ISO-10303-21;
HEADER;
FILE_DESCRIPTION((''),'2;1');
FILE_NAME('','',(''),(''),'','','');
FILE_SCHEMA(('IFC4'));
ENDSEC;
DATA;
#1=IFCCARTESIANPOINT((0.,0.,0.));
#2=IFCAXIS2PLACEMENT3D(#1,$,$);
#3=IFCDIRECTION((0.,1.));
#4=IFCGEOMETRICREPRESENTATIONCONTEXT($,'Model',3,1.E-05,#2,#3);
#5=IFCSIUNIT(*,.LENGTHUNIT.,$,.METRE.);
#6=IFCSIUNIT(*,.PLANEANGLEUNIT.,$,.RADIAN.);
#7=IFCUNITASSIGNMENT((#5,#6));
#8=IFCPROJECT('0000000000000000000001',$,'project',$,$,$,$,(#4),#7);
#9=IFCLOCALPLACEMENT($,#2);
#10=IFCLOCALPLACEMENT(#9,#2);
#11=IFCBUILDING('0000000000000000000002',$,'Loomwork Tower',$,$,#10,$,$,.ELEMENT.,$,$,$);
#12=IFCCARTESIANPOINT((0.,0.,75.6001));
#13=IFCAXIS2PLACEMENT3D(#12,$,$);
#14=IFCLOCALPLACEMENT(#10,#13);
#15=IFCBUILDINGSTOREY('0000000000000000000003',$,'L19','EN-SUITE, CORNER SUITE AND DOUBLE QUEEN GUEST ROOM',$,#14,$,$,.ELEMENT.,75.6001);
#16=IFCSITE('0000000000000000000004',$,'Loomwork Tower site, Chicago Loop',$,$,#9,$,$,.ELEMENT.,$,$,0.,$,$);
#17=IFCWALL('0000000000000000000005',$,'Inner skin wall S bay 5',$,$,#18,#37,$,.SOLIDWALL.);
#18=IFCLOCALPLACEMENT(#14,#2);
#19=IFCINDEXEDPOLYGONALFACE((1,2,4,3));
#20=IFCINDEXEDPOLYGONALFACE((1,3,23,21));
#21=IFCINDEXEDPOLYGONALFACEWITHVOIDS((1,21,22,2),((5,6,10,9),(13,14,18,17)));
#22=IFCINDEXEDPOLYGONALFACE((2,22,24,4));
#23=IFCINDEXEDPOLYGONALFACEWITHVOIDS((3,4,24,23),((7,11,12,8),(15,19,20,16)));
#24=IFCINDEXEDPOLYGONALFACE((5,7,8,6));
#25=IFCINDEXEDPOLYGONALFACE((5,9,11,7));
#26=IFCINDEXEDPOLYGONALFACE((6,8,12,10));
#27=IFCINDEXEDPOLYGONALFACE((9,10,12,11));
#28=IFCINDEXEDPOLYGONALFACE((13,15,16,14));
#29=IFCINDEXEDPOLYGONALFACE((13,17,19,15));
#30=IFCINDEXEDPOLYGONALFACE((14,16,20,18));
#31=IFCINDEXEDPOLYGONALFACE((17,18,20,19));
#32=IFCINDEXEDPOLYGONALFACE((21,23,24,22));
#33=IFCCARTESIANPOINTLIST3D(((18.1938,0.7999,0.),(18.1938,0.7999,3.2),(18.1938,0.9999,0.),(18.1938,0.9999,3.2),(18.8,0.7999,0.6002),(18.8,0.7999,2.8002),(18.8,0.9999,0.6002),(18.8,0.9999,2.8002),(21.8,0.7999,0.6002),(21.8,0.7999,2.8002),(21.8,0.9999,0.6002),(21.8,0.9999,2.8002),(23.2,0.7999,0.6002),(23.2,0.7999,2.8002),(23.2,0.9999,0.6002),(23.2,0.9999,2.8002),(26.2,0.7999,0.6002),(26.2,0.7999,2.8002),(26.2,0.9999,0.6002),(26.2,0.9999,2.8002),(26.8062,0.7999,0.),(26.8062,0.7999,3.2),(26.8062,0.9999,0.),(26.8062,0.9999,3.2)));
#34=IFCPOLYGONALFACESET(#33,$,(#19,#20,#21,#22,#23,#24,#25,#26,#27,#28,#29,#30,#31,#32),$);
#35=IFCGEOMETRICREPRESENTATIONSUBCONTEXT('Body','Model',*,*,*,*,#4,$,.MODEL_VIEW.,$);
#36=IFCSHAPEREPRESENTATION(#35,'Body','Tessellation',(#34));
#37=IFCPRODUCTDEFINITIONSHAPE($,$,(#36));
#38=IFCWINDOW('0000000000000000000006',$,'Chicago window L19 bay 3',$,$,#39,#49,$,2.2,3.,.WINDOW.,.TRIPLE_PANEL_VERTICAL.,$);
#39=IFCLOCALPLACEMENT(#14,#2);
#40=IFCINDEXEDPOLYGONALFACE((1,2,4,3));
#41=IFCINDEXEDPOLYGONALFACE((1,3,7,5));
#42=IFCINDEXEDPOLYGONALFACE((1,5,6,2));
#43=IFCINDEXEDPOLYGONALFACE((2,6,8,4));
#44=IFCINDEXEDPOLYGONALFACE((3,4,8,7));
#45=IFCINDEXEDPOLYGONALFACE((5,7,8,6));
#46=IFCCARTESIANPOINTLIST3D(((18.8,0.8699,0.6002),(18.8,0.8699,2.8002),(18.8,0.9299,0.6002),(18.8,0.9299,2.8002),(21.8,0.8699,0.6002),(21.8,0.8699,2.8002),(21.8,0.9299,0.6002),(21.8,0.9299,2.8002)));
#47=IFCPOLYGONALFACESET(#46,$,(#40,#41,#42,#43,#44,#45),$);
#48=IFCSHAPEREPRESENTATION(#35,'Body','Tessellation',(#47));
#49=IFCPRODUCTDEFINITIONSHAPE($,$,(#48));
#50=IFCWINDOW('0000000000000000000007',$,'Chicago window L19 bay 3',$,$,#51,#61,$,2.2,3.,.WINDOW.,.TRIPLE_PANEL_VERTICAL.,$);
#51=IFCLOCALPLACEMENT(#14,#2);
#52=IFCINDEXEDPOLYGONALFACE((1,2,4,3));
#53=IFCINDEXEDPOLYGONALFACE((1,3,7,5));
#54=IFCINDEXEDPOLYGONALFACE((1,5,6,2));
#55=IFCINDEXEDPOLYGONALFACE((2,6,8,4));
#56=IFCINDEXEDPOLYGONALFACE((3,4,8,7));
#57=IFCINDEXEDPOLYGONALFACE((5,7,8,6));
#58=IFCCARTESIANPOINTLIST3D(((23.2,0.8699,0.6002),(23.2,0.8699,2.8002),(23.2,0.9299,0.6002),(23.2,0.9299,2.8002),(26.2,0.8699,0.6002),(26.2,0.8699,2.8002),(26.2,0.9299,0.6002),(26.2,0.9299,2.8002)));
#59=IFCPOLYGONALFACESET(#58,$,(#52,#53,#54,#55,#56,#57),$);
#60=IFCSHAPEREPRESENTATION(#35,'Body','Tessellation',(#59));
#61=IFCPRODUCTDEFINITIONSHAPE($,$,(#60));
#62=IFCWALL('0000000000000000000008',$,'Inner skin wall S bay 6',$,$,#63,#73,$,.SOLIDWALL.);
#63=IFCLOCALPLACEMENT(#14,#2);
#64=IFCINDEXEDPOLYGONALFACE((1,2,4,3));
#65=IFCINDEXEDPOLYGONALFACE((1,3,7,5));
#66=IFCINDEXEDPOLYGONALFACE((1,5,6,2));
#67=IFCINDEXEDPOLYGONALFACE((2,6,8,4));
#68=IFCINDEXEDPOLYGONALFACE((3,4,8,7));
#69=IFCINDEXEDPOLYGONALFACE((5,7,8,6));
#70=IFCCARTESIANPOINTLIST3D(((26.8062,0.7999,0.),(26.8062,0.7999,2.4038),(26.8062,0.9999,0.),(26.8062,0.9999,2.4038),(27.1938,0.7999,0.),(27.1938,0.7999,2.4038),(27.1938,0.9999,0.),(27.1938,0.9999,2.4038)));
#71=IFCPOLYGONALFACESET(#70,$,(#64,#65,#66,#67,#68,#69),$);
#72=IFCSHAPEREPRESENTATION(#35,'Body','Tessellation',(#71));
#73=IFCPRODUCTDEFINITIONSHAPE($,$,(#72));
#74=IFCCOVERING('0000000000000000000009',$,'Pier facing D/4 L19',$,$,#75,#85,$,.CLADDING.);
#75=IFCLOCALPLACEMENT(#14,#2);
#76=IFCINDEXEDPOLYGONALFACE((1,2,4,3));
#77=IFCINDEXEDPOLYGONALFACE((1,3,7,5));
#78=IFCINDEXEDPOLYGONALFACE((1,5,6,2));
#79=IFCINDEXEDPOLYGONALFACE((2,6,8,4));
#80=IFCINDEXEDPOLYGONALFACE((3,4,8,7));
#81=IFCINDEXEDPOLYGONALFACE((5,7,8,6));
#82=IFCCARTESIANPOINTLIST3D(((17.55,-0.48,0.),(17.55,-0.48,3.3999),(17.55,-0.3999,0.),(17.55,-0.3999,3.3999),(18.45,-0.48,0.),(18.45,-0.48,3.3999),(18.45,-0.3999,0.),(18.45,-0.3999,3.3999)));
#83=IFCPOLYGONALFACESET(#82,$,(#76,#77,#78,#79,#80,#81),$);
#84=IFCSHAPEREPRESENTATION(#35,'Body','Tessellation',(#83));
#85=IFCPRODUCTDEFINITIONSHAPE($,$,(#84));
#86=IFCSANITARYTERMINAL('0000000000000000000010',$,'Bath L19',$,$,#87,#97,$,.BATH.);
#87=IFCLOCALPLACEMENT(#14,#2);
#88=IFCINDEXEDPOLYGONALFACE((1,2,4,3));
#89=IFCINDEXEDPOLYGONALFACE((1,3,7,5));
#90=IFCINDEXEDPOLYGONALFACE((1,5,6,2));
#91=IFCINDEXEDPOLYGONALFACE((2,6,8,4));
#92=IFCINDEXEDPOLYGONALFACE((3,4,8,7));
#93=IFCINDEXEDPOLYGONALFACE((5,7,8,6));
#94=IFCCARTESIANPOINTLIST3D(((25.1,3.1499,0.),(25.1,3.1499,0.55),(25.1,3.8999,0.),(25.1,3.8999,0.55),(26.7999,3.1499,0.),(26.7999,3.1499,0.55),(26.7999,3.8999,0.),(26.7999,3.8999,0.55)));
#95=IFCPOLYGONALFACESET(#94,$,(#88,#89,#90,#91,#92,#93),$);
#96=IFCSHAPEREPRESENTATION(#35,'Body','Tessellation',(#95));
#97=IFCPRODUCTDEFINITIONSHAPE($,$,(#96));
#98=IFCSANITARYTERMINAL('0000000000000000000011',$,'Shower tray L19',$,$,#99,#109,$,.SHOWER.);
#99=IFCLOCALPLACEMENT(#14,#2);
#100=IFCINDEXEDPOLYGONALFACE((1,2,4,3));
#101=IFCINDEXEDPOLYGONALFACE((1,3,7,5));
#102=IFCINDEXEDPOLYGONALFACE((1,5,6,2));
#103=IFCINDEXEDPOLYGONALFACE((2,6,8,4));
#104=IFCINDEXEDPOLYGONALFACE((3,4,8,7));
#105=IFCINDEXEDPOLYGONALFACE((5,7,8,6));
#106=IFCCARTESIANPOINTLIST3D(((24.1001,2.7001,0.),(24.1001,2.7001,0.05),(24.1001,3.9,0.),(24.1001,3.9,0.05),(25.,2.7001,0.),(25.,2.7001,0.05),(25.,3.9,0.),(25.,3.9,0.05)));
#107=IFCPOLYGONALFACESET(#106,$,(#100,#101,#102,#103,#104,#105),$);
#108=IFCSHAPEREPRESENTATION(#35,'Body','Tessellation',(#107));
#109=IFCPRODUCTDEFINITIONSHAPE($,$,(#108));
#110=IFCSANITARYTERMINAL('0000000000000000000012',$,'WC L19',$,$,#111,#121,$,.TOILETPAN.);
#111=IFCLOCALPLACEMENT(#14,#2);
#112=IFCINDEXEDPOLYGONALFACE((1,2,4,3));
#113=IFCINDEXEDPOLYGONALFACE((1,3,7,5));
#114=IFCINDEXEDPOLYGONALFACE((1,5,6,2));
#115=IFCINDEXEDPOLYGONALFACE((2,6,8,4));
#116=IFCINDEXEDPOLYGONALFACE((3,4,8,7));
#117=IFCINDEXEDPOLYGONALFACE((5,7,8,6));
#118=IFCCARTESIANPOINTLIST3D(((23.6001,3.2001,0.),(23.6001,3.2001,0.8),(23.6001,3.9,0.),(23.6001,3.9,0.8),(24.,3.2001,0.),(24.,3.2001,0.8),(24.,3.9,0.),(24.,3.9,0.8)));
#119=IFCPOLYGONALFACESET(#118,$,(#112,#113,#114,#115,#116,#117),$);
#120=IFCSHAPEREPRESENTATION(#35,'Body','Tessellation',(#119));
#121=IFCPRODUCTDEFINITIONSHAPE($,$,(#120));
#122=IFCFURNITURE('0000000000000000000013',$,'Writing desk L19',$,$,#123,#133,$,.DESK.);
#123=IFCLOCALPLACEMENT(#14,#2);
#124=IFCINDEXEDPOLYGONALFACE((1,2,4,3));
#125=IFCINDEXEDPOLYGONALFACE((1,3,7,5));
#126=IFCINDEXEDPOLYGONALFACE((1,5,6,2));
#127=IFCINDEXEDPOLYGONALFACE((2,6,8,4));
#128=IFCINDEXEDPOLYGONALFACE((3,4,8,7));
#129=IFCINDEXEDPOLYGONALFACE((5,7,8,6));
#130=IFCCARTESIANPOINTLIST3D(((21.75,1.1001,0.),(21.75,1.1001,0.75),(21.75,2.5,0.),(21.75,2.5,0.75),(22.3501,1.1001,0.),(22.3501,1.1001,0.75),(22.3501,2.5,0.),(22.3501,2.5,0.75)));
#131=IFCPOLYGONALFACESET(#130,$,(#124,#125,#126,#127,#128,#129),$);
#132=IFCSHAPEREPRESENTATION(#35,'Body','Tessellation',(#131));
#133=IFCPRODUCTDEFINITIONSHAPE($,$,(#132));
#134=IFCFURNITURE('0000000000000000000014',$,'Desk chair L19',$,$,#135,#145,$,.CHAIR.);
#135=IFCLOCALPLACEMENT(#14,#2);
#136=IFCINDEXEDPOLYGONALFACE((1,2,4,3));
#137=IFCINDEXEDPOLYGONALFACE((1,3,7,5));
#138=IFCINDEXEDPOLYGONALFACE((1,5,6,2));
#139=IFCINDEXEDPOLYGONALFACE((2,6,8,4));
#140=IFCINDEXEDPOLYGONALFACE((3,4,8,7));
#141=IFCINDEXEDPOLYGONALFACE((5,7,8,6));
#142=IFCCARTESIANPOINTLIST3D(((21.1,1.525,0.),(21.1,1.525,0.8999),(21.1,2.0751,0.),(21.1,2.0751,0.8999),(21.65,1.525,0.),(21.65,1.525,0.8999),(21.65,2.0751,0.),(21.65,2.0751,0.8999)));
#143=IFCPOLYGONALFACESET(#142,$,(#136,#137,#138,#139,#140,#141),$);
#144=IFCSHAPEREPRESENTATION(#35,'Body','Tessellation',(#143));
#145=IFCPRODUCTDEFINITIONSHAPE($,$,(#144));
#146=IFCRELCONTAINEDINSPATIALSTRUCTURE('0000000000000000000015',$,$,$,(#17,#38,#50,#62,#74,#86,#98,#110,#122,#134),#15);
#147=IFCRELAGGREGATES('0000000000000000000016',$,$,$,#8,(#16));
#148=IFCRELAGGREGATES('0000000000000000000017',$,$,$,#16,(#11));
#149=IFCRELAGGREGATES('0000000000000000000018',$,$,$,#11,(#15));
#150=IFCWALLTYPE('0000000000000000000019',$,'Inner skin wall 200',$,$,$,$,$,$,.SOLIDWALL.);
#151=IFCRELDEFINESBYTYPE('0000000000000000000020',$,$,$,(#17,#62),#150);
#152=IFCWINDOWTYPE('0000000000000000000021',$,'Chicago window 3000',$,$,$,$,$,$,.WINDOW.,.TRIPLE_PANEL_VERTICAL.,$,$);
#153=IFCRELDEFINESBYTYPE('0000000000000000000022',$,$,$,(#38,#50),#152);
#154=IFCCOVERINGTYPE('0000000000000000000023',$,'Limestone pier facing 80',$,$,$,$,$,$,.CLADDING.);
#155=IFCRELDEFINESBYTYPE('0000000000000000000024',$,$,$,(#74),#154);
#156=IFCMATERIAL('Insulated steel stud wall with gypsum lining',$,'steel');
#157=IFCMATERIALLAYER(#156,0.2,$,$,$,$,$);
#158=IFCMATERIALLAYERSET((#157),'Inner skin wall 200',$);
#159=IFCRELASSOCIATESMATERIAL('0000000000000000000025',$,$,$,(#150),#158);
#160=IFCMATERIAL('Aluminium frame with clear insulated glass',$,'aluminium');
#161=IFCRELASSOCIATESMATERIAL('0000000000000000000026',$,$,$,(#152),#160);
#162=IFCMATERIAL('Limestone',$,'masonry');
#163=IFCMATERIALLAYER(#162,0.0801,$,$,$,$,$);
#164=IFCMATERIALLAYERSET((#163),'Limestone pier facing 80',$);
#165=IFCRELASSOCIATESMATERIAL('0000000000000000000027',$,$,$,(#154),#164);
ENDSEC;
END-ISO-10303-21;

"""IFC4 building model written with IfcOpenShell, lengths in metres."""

from ifc_helpers import new_model, si_unit, direction, frame, frame_2d, origin, origin_2d, place, context, subcontext, project, spatial, rectangle, extrude, material, layer, layer_set, type_object, element, fill, save


model = new_model("IFC4")

# Units and contexts
model_context = context("Model", 3, precision=1e-05, world=origin(), true_north=direction((0.0, 1.0)))
body_context = subcontext(model_context, "Body", "Model", "MODEL_VIEW")
ifc_project = project(units=[si_unit("LENGTHUNIT", "METRE"), si_unit("PLANEANGLEUNIT", "RADIAN")], contexts=[model_context])

# Site, building, storey
site_placement = place(None, origin())
site = spatial("IfcSite", under=ifc_project, at=site_placement, Name="Loomwork Tower site, Chicago Loop", CompositionType="ELEMENT", RefElevation=0.0)
building_placement = place(site_placement, origin())
building = spatial("IfcBuilding", under=site, at=building_placement, Name="Loomwork Tower", CompositionType="ELEMENT")
storey_placement = place(building_placement, frame((0.0, 0.0, 75.6001)))
storey = spatial("IfcBuildingStorey", under=building, at=storey_placement, Name="L19", Description="EN-SUITE, CORNER SUITE AND DOUBLE QUEEN GUEST ROOM", CompositionType="ELEMENT", Elevation=75.6001)

# Shared definitions
ifc_material_1 = material(Name="Insulated steel stud wall with gypsum lining", Category="steel")
ifc_layer_1 = layer(ifc_material_1, 0.2)
ifc_layer_set_1 = layer_set([ifc_layer_1], Name="Inner skin wall 200")
wall_type = type_object("IfcWallType", Name="Inner skin wall 200", PredefinedType="SOLIDWALL", material=ifc_layer_set_1)

# Wall, openings, windows
wall_1_placement = place(storey_placement, frame((18.1938, 0.8999, 0.0), z_axis=(0.0, 0.0, 1.0), x_axis=(1.0, 0.0, 0.0)))
wall_1 = element("IfcWall", 1, at=wall_1_placement, inside=storey, type_object=wall_type, Name="Inner skin wall S bay 5", PredefinedType="SOLIDWALL", context=body_context, shape_type="SweptSolid", body=[
    extrude(rectangle(XDim=8.6123, YDim=0.2, at=frame_2d((4.3062, 0.0))), origin(), (0.0, 0.0, 1.0), 3.2),
])
opening_1_placement = place(wall_1_placement, frame((0.6062, 0.0, 0.6001)))
opening_1 = element("IfcOpeningElement", 2, at=opening_1_placement, cuts=wall_1, PredefinedType="OPENING", context=body_context, shape_type="SweptSolid", body=[
    extrude(rectangle(XDim=3.0, YDim=2.2, at=frame_2d((1.5, 1.1001))), frame((0.0, 0.1099, 0.0), z_axis=(0.0, -1.0, 0.0), x_axis=(1.0, 0.0, 0.0)), (0.0, 0.0, 1.0), 0.22),
])
opening_2_placement = place(wall_1_placement, frame((5.0061, 0.0, 0.6001)))
opening_2 = element("IfcOpeningElement", 3, at=opening_2_placement, cuts=wall_1, PredefinedType="OPENING", context=body_context, shape_type="SweptSolid", body=[
    extrude(rectangle(XDim=3.0, YDim=2.2, at=frame_2d((1.5, 1.1001))), frame((0.0, 0.1099, 0.0), z_axis=(0.0, -1.0, 0.0), x_axis=(1.0, 0.0, 0.0)), (0.0, 0.0, 1.0), 0.22),
])
ifc_material_2 = material(Name="Aluminium frame with clear insulated glass", Category="aluminium")
window_type = type_object("IfcWindowType", Name="Chicago window 3000", PartitioningType="TRIPLE_PANEL_VERTICAL", PredefinedType="WINDOW", material=ifc_material_2)
window_1_placement = place(opening_1_placement, origin())
window_1 = element("IfcWindow", 4, at=window_1_placement, inside=storey, type_object=window_type, Name="Chicago window L19 bay 3", OverallHeight=2.2, OverallWidth=3.0, PartitioningType="TRIPLE_PANEL_VERTICAL", PredefinedType="WINDOW", context=body_context, shape_type="SweptSolid", body=[
    extrude(rectangle(XDim=3.0, YDim=2.2, at=frame_2d((1.5, 1.1001))), frame((0.0, 0.03, 0.0), z_axis=(0.0, -1.0, 0.0), x_axis=(1.0, 0.0, 0.0)), (0.0, 0.0, 1.0), 0.0601),
])
fill(opening_1, window_1)
window_2_placement = place(opening_2_placement, origin())
window_2 = element("IfcWindow", 5, at=window_2_placement, inside=storey, type_object=window_type, Name="Chicago window L19 bay 3", OverallHeight=2.2, OverallWidth=3.0, PartitioningType="TRIPLE_PANEL_VERTICAL", PredefinedType="WINDOW", context=body_context, shape_type="SweptSolid", body=[
    extrude(rectangle(XDim=3.0, YDim=2.2, at=frame_2d((1.5, 1.1001))), frame((0.0, 0.03, 0.0), z_axis=(0.0, -1.0, 0.0), x_axis=(1.0, 0.0, 0.0)), (0.0, 0.0, 1.0), 0.0601),
])
fill(opening_2, window_2)

# Wall
wall_2_placement = place(storey_placement, frame((26.8062, 0.8999, 0.0), z_axis=(0.0, 0.0, 1.0), x_axis=(1.0, 0.0, 0.0)))
element("IfcWall", 6, at=wall_2_placement, inside=storey, type_object=wall_type, Name="Inner skin wall S bay 6", PredefinedType="SOLIDWALL", context=body_context, shape_type="SweptSolid", body=[
    extrude(rectangle(XDim=0.3877, YDim=0.2, at=frame_2d((0.1938, 0.0))), origin(), (0.0, 0.0, 1.0), 2.4038),
])

# Covering
ifc_material_3 = material(Name="Limestone", Category="masonry")
ifc_layer_2 = layer(ifc_material_3, 0.0801)
ifc_layer_set_2 = layer_set([ifc_layer_2], Name="Limestone pier facing 80")
covering_type = type_object("IfcCoveringType", Name="Limestone pier facing 80", PredefinedType="CLADDING", material=ifc_layer_set_2)
covering_placement = place(storey_placement, frame((18.0, -0.4399, 0.0), z_axis=(0.0, 0.0, 1.0), x_axis=(1.0, 0.0, 0.0)))
element("IfcCovering", 7, at=covering_placement, inside=storey, type_object=covering_type, Name="Pier facing D/4 L19", PredefinedType="CLADDING", context=body_context, shape_type="SweptSolid", body=[
    extrude(rectangle(XDim=0.8999, YDim=0.0801, at=origin_2d()), origin(), (0.0, 0.0, 1.0), 3.3999),
])

# Sanitary terminals
sanitary_terminal_1_placement = place(storey_placement, frame((25.95, 3.5249, 0.0), z_axis=(0.0, 0.0, 1.0), x_axis=(1.0, 0.0, 0.0)))
element("IfcSanitaryTerminal", 8, at=sanitary_terminal_1_placement, inside=storey, Name="Bath L19", PredefinedType="BATH", context=body_context, shape_type="SweptSolid", body=[
    extrude(rectangle(XDim=1.7, YDim=0.75, at=origin_2d()), origin(), (0.0, 0.0, 1.0), 0.55),
])
sanitary_terminal_2_placement = place(storey_placement, frame((24.55, 3.3, 0.0), z_axis=(0.0, 0.0, 1.0), x_axis=(1.0, 0.0, 0.0)))
element("IfcSanitaryTerminal", 9, at=sanitary_terminal_2_placement, inside=storey, Name="Shower tray L19", PredefinedType="SHOWER", context=body_context, shape_type="SweptSolid", body=[
    extrude(rectangle(XDim=0.8999, YDim=1.2, at=origin_2d()), origin(), (0.0, 0.0, 1.0), 0.05),
])
sanitary_terminal_3_placement = place(storey_placement, frame((23.8, 3.55, 0.0), z_axis=(0.0, 0.0, 1.0), x_axis=(1.0, 0.0, 0.0)))
element("IfcSanitaryTerminal", 10, at=sanitary_terminal_3_placement, inside=storey, Name="WC L19", PredefinedType="TOILETPAN", context=body_context, shape_type="SweptSolid", body=[
    extrude(rectangle(XDim=0.3999, YDim=0.7, at=origin_2d()), origin(), (0.0, 0.0, 1.0), 0.8),
])

# Furniture
furniture_1_placement = place(storey_placement, frame((22.05, 1.8, 0.0), z_axis=(0.0, 0.0, 1.0), x_axis=(1.0, 0.0, 0.0)))
element("IfcFurniture", 11, at=furniture_1_placement, inside=storey, Name="Writing desk L19", PredefinedType="DESK", context=body_context, shape_type="SweptSolid", body=[
    extrude(rectangle(XDim=0.6001, YDim=1.3999, at=origin_2d()), origin(), (0.0, 0.0, 1.0), 0.75),
])
furniture_2_placement = place(storey_placement, frame((21.375, 1.8, 0.0), z_axis=(0.0, 0.0, 1.0), x_axis=(1.0, 0.0, 0.0)))
element("IfcFurniture", 12, at=furniture_2_placement, inside=storey, Name="Desk chair L19", PredefinedType="CHAIR", context=body_context, shape_type="SweptSolid", body=[
    extrude(rectangle(XDim=0.55, YDim=0.55, at=origin_2d()), origin(), (0.0, 0.0, 1.0), 0.8999),
])

save(model, "model.ifc")
